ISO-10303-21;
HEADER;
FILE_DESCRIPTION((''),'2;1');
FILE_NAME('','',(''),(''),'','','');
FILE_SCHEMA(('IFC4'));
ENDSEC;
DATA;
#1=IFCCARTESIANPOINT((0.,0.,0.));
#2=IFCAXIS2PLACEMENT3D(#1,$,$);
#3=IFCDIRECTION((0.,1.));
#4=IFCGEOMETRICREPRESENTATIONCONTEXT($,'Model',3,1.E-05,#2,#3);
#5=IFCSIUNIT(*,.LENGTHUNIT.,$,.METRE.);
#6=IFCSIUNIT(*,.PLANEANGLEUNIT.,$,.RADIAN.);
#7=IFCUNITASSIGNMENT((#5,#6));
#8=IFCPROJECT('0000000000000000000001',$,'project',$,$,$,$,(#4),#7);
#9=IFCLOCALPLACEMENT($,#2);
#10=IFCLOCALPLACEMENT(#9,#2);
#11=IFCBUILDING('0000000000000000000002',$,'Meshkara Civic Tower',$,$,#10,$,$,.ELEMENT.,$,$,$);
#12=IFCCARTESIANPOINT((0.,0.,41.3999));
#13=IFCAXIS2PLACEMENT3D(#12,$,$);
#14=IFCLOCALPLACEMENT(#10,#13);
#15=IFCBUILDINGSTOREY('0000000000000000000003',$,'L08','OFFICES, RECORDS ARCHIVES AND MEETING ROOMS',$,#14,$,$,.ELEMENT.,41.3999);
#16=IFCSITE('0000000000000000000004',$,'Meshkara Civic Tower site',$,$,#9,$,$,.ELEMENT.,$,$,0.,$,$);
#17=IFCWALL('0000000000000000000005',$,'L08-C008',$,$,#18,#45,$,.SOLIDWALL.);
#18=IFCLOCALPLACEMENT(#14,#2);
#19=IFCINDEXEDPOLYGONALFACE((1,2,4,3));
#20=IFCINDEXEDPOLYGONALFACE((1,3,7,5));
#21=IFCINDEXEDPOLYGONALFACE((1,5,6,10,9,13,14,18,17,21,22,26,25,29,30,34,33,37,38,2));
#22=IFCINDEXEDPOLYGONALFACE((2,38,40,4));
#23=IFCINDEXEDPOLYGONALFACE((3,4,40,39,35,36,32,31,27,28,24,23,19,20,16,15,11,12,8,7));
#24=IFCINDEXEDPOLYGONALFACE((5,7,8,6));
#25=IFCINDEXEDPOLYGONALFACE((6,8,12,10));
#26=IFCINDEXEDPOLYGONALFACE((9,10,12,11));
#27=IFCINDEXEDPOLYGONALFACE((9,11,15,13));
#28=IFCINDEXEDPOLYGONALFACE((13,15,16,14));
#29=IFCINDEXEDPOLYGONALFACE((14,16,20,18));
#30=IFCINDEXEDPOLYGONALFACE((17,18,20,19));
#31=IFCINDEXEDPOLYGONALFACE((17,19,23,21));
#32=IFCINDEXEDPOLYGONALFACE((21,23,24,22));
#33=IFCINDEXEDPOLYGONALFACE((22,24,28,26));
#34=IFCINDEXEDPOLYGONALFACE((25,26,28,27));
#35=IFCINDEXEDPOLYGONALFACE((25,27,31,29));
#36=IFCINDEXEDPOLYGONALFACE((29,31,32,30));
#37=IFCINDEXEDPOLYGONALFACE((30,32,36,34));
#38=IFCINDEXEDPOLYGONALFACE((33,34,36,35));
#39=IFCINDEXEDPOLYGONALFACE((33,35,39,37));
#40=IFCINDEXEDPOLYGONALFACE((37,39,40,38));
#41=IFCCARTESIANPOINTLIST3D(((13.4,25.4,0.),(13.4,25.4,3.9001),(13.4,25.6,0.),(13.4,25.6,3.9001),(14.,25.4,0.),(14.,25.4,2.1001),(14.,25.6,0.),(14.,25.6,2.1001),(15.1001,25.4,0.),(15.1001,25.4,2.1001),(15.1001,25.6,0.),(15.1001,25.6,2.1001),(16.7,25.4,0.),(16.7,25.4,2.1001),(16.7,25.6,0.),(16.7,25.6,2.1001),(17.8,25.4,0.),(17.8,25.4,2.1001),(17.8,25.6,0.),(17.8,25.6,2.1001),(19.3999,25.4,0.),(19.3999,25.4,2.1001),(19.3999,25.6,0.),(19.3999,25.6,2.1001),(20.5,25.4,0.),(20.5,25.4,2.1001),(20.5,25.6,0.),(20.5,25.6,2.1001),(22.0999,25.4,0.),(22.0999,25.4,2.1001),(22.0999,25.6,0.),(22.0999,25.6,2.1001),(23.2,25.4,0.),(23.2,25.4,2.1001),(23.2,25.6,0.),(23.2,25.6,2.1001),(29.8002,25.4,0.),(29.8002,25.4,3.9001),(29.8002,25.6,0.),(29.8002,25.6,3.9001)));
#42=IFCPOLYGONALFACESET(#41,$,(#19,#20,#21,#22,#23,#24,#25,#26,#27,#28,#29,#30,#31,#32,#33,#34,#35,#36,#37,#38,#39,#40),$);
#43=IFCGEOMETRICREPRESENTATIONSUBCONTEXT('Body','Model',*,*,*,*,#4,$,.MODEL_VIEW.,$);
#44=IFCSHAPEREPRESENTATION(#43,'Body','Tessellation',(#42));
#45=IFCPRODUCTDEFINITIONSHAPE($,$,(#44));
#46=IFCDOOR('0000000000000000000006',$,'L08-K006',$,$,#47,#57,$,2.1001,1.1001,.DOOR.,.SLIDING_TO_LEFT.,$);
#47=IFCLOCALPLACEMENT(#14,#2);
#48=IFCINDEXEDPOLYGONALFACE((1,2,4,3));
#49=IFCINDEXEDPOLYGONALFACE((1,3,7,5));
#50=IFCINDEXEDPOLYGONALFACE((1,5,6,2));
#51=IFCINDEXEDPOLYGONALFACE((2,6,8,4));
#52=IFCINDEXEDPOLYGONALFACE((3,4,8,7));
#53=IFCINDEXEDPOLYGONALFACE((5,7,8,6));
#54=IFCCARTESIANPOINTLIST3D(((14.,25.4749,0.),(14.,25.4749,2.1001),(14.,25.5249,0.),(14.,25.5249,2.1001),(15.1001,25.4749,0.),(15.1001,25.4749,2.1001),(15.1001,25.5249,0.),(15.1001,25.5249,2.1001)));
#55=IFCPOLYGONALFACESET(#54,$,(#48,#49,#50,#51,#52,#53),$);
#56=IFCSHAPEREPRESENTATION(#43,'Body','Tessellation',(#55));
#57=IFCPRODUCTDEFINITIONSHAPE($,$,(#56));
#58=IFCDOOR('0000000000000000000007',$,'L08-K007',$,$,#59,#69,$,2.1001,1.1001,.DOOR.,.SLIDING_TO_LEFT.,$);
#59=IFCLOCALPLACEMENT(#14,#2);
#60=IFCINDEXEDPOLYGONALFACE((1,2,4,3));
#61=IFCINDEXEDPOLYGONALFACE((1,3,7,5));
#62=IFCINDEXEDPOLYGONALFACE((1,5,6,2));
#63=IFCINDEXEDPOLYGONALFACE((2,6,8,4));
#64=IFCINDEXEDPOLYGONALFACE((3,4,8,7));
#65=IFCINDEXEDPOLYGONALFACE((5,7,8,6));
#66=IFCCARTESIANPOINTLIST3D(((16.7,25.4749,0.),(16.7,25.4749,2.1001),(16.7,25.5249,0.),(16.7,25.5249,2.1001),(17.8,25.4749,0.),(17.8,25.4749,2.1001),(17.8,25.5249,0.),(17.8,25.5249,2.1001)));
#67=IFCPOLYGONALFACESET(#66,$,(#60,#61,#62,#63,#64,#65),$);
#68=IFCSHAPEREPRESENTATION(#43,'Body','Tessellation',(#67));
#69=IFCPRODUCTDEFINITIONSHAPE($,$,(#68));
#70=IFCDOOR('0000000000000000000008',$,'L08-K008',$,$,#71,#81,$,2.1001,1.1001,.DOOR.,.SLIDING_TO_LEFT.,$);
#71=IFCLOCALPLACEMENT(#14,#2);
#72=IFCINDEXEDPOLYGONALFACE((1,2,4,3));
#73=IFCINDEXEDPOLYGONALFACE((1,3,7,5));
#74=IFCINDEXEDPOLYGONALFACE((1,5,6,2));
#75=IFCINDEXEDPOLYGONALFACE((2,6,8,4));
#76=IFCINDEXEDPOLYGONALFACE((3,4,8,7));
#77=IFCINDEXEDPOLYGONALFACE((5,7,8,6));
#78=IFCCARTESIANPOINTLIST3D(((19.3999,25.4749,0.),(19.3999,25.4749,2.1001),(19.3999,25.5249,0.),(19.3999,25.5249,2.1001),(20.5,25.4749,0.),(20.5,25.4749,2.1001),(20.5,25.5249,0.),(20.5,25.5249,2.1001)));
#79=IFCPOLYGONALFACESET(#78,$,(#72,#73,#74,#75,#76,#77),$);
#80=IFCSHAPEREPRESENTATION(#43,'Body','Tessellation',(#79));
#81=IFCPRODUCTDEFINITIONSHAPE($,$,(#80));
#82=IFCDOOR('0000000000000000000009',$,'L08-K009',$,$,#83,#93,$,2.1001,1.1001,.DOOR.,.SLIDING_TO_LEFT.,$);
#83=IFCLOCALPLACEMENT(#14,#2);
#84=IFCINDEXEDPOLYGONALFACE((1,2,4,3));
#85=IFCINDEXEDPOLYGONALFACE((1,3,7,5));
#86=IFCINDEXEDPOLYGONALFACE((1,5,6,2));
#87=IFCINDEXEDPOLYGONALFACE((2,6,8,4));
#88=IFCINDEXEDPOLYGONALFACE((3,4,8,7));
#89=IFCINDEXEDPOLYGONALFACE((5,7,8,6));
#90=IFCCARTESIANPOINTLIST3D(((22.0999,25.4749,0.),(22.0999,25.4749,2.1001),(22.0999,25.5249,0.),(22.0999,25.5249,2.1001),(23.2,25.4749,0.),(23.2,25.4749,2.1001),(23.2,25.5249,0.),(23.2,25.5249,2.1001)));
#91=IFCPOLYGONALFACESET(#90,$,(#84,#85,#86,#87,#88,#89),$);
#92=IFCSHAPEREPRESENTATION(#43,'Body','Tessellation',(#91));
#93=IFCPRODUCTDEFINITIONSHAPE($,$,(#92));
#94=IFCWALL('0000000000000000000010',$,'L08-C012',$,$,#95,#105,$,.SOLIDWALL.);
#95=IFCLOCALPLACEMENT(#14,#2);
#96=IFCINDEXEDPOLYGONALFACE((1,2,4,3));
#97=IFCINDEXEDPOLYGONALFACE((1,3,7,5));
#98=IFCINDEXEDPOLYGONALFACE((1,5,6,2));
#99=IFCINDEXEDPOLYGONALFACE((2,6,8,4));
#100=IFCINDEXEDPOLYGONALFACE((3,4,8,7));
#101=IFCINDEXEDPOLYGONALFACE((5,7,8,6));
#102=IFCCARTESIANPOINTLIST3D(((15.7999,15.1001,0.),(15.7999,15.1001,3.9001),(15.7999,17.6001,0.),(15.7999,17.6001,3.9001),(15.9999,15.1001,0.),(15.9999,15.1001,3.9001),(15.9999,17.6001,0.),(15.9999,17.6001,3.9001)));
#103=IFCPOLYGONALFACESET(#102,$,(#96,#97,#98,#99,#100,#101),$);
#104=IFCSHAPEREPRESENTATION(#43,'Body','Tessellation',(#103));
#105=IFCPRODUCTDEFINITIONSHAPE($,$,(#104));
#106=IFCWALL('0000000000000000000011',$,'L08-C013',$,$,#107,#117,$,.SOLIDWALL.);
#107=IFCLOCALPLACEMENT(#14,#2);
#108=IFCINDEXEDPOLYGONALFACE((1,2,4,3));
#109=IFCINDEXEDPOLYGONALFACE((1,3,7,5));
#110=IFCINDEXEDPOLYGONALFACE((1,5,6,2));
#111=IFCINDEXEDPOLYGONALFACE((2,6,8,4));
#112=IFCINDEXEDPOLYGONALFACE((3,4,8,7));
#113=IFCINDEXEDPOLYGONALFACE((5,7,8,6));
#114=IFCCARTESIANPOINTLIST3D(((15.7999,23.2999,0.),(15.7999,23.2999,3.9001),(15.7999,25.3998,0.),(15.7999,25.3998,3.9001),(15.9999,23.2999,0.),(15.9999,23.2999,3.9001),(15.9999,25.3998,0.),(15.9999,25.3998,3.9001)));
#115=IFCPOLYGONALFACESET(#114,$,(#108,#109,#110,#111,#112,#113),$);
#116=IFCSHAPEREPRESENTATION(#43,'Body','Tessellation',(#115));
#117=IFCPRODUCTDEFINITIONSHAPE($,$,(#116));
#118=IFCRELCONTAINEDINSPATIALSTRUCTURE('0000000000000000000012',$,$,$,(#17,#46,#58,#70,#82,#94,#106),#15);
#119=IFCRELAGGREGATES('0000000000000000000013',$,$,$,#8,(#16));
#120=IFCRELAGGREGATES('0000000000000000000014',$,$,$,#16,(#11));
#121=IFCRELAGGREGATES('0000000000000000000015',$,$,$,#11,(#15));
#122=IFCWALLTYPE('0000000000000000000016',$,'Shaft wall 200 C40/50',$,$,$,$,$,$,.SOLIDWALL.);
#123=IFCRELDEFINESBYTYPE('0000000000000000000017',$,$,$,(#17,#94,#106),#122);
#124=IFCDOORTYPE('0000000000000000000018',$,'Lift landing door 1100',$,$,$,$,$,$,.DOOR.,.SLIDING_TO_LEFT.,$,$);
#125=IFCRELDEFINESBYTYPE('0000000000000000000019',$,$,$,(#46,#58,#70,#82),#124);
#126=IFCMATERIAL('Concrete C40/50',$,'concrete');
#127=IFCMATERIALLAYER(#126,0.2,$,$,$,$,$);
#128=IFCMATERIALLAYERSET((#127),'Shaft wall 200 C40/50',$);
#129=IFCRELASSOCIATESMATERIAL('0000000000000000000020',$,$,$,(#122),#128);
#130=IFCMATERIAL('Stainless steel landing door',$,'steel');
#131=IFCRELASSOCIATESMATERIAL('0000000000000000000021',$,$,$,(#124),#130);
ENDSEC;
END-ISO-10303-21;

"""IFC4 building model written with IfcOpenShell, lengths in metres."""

from ifc_helpers import new_model, si_unit, direction, frame, frame_2d, origin, place, context, subcontext, project, spatial, rectangle, extrude, material, layer, layer_set, type_object, element, fill, save


model = new_model("IFC4")

# Units and contexts
model_context = context("Model", 3, precision=1e-05, world=origin(), true_north=direction((0.0, 1.0)))
body_context = subcontext(model_context, "Body", "Model", "MODEL_VIEW")
ifc_project = project(units=[si_unit("LENGTHUNIT", "METRE"), si_unit("PLANEANGLEUNIT", "RADIAN")], contexts=[model_context])

# Site, building, storey
site_placement = place(None, origin())
site = spatial("IfcSite", under=ifc_project, at=site_placement, Name="Meshkara Civic Tower site", CompositionType="ELEMENT", RefElevation=0.0)
building_placement = place(site_placement, origin())
building = spatial("IfcBuilding", under=site, at=building_placement, Name="Meshkara Civic Tower", CompositionType="ELEMENT")
storey_placement = place(building_placement, frame((0.0, 0.0, 41.3999)))
storey = spatial("IfcBuildingStorey", under=building, at=storey_placement, Name="L08", Description="OFFICES, RECORDS ARCHIVES AND MEETING ROOMS", CompositionType="ELEMENT", Elevation=41.3999)

# Wall, openings, doors
ifc_material_1 = material(Name="Concrete C40/50", Category="concrete")
ifc_layer_1 = layer(ifc_material_1, 0.2)
ifc_layer_set_1 = layer_set([ifc_layer_1], Name="Shaft wall 200 C40/50")
wall_type_1 = type_object("IfcWallType", Name="Shaft wall 200 C40/50", PredefinedType="SOLIDWALL", material=ifc_layer_set_1)
ifc_material_2 = material(Name="Stainless steel landing door", Category="steel")
door_type_1 = type_object("IfcDoorType", Name="Lift landing door 1100", OperationType="SLIDING_TO_LEFT", PredefinedType="DOOR", material=ifc_material_2)
wall_1_placement = place(storey_placement, frame((13.3999, 25.5, 0.0), z_axis=(0.0, 0.0, 1.0), x_axis=(1.0, 0.0, 0.0)))
wall_1 = element("IfcWall", 1, at=wall_1_placement, inside=storey, type_object=wall_type_1, Name="L08-C008", PredefinedType="SOLIDWALL", context=body_context, shape_type="SweptSolid", body=[
    extrude(rectangle(XDim=16.4001, YDim=0.2, at=frame_2d((8.2002, 0.0))), origin(), (0.0, 0.0, 1.0), 3.9001),
])
opening_1_placement = place(wall_1_placement, frame((0.6001, 0.0, 0.0)))
opening_1 = element("IfcOpeningElement", 2, at=opening_1_placement, cuts=wall_1, PredefinedType="OPENING", context=body_context, shape_type="SweptSolid", body=[
    extrude(rectangle(XDim=1.1001, YDim=2.1001, at=frame_2d((0.55, 1.05))), frame((0.0, 0.1099, 0.0), z_axis=(0.0, -1.0, 0.0), x_axis=(1.0, 0.0, 0.0)), (0.0, 0.0, 1.0), 0.22),
])
opening_2_placement = place(wall_1_placement, frame((3.3, 0.0, 0.0)))
opening_2 = element("IfcOpeningElement", 3, at=opening_2_placement, cuts=wall_1, PredefinedType="OPENING", context=body_context, shape_type="SweptSolid", body=[
    extrude(rectangle(XDim=1.1001, YDim=2.1001, at=frame_2d((0.55, 1.05))), frame((0.0, 0.1099, 0.0), z_axis=(0.0, -1.0, 0.0), x_axis=(1.0, 0.0, 0.0)), (0.0, 0.0, 1.0), 0.22),
])
opening_3_placement = place(wall_1_placement, frame((6.0, 0.0, 0.0)))
opening_3 = element("IfcOpeningElement", 4, at=opening_3_placement, cuts=wall_1, PredefinedType="OPENING", context=body_context, shape_type="SweptSolid", body=[
    extrude(rectangle(XDim=1.1001, YDim=2.1001, at=frame_2d((0.55, 1.05))), frame((0.0, 0.1099, 0.0), z_axis=(0.0, -1.0, 0.0), x_axis=(1.0, 0.0, 0.0)), (0.0, 0.0, 1.0), 0.22),
])
opening_4_placement = place(wall_1_placement, frame((8.7, 0.0, 0.0)))
opening_4 = element("IfcOpeningElement", 5, at=opening_4_placement, cuts=wall_1, PredefinedType="OPENING", context=body_context, shape_type="SweptSolid", body=[
    extrude(rectangle(XDim=1.1001, YDim=2.1001, at=frame_2d((0.55, 1.05))), frame((0.0, 0.1099, 0.0), z_axis=(0.0, -1.0, 0.0), x_axis=(1.0, 0.0, 0.0)), (0.0, 0.0, 1.0), 0.22),
])
door_1_placement = place(opening_1_placement, origin())
door_1 = element("IfcDoor", 6, at=door_1_placement, inside=storey, type_object=door_type_1, Name="L08-K006", OperationType="SLIDING_TO_LEFT", OverallHeight=2.1001, OverallWidth=1.1001, PredefinedType="DOOR", context=body_context, shape_type="SweptSolid", body=[
    extrude(rectangle(XDim=1.1001, YDim=2.1001, at=frame_2d((0.55, 1.05))), frame((0.0, 0.0249, 0.0), z_axis=(0.0, -1.0, 0.0), x_axis=(1.0, 0.0, 0.0)), (0.0, 0.0, 1.0), 0.05),
])
fill(opening_1, door_1)
door_2_placement = place(opening_2_placement, origin())
door_2 = element("IfcDoor", 7, at=door_2_placement, inside=storey, type_object=door_type_1, Name="L08-K007", OperationType="SLIDING_TO_LEFT", OverallHeight=2.1001, OverallWidth=1.1001, PredefinedType="DOOR", context=body_context, shape_type="SweptSolid", body=[
    extrude(rectangle(XDim=1.1001, YDim=2.1001, at=frame_2d((0.55, 1.05))), frame((0.0, 0.0249, 0.0), z_axis=(0.0, -1.0, 0.0), x_axis=(1.0, 0.0, 0.0)), (0.0, 0.0, 1.0), 0.05),
])
fill(opening_2, door_2)
door_3_placement = place(opening_3_placement, origin())
door_3 = element("IfcDoor", 8, at=door_3_placement, inside=storey, type_object=door_type_1, Name="L08-K008", OperationType="SLIDING_TO_LEFT", OverallHeight=2.1001, OverallWidth=1.1001, PredefinedType="DOOR", context=body_context, shape_type="SweptSolid", body=[
    extrude(rectangle(XDim=1.1001, YDim=2.1001, at=frame_2d((0.55, 1.05))), frame((0.0, 0.0249, 0.0), z_axis=(0.0, -1.0, 0.0), x_axis=(1.0, 0.0, 0.0)), (0.0, 0.0, 1.0), 0.05),
])
fill(opening_3, door_3)
door_4_placement = place(opening_4_placement, origin())
door_4 = element("IfcDoor", 9, at=door_4_placement, inside=storey, type_object=door_type_1, Name="L08-K009", OperationType="SLIDING_TO_LEFT", OverallHeight=2.1001, OverallWidth=1.1001, PredefinedType="DOOR", context=body_context, shape_type="SweptSolid", body=[
    extrude(rectangle(XDim=1.1001, YDim=2.1001, at=frame_2d((0.55, 1.05))), frame((0.0, 0.0249, 0.0), z_axis=(0.0, -1.0, 0.0), x_axis=(1.0, 0.0, 0.0)), (0.0, 0.0, 1.0), 0.05),
])
fill(opening_4, door_4)

# Walls
wall_2_placement = place(storey_placement, frame((15.8999, 15.1001, 0.0), z_axis=(0.0, 0.0, 1.0), x_axis=(0.0, 1.0, 0.0)))
element("IfcWall", 10, at=wall_2_placement, inside=storey, type_object=wall_type_1, Name="L08-C012", PredefinedType="SOLIDWALL", context=body_context, shape_type="SweptSolid", body=[
    extrude(rectangle(XDim=2.5, YDim=0.2, at=frame_2d((1.25, 0.0))), origin(), (0.0, 0.0, 1.0), 3.9001),
])
wall_3_placement = place(storey_placement, frame((15.8999, 23.3, 0.0), z_axis=(0.0, 0.0, 1.0), x_axis=(0.0, 1.0, 0.0)))
element("IfcWall", 11, at=wall_3_placement, inside=storey, type_object=wall_type_1, Name="L08-C013", PredefinedType="SOLIDWALL", context=body_context, shape_type="SweptSolid", body=[
    extrude(rectangle(XDim=2.0999, YDim=0.2, at=frame_2d((1.0498, 0.0))), origin(), (0.0, 0.0, 1.0), 3.9001),
])

save(model, "model.ifc")
